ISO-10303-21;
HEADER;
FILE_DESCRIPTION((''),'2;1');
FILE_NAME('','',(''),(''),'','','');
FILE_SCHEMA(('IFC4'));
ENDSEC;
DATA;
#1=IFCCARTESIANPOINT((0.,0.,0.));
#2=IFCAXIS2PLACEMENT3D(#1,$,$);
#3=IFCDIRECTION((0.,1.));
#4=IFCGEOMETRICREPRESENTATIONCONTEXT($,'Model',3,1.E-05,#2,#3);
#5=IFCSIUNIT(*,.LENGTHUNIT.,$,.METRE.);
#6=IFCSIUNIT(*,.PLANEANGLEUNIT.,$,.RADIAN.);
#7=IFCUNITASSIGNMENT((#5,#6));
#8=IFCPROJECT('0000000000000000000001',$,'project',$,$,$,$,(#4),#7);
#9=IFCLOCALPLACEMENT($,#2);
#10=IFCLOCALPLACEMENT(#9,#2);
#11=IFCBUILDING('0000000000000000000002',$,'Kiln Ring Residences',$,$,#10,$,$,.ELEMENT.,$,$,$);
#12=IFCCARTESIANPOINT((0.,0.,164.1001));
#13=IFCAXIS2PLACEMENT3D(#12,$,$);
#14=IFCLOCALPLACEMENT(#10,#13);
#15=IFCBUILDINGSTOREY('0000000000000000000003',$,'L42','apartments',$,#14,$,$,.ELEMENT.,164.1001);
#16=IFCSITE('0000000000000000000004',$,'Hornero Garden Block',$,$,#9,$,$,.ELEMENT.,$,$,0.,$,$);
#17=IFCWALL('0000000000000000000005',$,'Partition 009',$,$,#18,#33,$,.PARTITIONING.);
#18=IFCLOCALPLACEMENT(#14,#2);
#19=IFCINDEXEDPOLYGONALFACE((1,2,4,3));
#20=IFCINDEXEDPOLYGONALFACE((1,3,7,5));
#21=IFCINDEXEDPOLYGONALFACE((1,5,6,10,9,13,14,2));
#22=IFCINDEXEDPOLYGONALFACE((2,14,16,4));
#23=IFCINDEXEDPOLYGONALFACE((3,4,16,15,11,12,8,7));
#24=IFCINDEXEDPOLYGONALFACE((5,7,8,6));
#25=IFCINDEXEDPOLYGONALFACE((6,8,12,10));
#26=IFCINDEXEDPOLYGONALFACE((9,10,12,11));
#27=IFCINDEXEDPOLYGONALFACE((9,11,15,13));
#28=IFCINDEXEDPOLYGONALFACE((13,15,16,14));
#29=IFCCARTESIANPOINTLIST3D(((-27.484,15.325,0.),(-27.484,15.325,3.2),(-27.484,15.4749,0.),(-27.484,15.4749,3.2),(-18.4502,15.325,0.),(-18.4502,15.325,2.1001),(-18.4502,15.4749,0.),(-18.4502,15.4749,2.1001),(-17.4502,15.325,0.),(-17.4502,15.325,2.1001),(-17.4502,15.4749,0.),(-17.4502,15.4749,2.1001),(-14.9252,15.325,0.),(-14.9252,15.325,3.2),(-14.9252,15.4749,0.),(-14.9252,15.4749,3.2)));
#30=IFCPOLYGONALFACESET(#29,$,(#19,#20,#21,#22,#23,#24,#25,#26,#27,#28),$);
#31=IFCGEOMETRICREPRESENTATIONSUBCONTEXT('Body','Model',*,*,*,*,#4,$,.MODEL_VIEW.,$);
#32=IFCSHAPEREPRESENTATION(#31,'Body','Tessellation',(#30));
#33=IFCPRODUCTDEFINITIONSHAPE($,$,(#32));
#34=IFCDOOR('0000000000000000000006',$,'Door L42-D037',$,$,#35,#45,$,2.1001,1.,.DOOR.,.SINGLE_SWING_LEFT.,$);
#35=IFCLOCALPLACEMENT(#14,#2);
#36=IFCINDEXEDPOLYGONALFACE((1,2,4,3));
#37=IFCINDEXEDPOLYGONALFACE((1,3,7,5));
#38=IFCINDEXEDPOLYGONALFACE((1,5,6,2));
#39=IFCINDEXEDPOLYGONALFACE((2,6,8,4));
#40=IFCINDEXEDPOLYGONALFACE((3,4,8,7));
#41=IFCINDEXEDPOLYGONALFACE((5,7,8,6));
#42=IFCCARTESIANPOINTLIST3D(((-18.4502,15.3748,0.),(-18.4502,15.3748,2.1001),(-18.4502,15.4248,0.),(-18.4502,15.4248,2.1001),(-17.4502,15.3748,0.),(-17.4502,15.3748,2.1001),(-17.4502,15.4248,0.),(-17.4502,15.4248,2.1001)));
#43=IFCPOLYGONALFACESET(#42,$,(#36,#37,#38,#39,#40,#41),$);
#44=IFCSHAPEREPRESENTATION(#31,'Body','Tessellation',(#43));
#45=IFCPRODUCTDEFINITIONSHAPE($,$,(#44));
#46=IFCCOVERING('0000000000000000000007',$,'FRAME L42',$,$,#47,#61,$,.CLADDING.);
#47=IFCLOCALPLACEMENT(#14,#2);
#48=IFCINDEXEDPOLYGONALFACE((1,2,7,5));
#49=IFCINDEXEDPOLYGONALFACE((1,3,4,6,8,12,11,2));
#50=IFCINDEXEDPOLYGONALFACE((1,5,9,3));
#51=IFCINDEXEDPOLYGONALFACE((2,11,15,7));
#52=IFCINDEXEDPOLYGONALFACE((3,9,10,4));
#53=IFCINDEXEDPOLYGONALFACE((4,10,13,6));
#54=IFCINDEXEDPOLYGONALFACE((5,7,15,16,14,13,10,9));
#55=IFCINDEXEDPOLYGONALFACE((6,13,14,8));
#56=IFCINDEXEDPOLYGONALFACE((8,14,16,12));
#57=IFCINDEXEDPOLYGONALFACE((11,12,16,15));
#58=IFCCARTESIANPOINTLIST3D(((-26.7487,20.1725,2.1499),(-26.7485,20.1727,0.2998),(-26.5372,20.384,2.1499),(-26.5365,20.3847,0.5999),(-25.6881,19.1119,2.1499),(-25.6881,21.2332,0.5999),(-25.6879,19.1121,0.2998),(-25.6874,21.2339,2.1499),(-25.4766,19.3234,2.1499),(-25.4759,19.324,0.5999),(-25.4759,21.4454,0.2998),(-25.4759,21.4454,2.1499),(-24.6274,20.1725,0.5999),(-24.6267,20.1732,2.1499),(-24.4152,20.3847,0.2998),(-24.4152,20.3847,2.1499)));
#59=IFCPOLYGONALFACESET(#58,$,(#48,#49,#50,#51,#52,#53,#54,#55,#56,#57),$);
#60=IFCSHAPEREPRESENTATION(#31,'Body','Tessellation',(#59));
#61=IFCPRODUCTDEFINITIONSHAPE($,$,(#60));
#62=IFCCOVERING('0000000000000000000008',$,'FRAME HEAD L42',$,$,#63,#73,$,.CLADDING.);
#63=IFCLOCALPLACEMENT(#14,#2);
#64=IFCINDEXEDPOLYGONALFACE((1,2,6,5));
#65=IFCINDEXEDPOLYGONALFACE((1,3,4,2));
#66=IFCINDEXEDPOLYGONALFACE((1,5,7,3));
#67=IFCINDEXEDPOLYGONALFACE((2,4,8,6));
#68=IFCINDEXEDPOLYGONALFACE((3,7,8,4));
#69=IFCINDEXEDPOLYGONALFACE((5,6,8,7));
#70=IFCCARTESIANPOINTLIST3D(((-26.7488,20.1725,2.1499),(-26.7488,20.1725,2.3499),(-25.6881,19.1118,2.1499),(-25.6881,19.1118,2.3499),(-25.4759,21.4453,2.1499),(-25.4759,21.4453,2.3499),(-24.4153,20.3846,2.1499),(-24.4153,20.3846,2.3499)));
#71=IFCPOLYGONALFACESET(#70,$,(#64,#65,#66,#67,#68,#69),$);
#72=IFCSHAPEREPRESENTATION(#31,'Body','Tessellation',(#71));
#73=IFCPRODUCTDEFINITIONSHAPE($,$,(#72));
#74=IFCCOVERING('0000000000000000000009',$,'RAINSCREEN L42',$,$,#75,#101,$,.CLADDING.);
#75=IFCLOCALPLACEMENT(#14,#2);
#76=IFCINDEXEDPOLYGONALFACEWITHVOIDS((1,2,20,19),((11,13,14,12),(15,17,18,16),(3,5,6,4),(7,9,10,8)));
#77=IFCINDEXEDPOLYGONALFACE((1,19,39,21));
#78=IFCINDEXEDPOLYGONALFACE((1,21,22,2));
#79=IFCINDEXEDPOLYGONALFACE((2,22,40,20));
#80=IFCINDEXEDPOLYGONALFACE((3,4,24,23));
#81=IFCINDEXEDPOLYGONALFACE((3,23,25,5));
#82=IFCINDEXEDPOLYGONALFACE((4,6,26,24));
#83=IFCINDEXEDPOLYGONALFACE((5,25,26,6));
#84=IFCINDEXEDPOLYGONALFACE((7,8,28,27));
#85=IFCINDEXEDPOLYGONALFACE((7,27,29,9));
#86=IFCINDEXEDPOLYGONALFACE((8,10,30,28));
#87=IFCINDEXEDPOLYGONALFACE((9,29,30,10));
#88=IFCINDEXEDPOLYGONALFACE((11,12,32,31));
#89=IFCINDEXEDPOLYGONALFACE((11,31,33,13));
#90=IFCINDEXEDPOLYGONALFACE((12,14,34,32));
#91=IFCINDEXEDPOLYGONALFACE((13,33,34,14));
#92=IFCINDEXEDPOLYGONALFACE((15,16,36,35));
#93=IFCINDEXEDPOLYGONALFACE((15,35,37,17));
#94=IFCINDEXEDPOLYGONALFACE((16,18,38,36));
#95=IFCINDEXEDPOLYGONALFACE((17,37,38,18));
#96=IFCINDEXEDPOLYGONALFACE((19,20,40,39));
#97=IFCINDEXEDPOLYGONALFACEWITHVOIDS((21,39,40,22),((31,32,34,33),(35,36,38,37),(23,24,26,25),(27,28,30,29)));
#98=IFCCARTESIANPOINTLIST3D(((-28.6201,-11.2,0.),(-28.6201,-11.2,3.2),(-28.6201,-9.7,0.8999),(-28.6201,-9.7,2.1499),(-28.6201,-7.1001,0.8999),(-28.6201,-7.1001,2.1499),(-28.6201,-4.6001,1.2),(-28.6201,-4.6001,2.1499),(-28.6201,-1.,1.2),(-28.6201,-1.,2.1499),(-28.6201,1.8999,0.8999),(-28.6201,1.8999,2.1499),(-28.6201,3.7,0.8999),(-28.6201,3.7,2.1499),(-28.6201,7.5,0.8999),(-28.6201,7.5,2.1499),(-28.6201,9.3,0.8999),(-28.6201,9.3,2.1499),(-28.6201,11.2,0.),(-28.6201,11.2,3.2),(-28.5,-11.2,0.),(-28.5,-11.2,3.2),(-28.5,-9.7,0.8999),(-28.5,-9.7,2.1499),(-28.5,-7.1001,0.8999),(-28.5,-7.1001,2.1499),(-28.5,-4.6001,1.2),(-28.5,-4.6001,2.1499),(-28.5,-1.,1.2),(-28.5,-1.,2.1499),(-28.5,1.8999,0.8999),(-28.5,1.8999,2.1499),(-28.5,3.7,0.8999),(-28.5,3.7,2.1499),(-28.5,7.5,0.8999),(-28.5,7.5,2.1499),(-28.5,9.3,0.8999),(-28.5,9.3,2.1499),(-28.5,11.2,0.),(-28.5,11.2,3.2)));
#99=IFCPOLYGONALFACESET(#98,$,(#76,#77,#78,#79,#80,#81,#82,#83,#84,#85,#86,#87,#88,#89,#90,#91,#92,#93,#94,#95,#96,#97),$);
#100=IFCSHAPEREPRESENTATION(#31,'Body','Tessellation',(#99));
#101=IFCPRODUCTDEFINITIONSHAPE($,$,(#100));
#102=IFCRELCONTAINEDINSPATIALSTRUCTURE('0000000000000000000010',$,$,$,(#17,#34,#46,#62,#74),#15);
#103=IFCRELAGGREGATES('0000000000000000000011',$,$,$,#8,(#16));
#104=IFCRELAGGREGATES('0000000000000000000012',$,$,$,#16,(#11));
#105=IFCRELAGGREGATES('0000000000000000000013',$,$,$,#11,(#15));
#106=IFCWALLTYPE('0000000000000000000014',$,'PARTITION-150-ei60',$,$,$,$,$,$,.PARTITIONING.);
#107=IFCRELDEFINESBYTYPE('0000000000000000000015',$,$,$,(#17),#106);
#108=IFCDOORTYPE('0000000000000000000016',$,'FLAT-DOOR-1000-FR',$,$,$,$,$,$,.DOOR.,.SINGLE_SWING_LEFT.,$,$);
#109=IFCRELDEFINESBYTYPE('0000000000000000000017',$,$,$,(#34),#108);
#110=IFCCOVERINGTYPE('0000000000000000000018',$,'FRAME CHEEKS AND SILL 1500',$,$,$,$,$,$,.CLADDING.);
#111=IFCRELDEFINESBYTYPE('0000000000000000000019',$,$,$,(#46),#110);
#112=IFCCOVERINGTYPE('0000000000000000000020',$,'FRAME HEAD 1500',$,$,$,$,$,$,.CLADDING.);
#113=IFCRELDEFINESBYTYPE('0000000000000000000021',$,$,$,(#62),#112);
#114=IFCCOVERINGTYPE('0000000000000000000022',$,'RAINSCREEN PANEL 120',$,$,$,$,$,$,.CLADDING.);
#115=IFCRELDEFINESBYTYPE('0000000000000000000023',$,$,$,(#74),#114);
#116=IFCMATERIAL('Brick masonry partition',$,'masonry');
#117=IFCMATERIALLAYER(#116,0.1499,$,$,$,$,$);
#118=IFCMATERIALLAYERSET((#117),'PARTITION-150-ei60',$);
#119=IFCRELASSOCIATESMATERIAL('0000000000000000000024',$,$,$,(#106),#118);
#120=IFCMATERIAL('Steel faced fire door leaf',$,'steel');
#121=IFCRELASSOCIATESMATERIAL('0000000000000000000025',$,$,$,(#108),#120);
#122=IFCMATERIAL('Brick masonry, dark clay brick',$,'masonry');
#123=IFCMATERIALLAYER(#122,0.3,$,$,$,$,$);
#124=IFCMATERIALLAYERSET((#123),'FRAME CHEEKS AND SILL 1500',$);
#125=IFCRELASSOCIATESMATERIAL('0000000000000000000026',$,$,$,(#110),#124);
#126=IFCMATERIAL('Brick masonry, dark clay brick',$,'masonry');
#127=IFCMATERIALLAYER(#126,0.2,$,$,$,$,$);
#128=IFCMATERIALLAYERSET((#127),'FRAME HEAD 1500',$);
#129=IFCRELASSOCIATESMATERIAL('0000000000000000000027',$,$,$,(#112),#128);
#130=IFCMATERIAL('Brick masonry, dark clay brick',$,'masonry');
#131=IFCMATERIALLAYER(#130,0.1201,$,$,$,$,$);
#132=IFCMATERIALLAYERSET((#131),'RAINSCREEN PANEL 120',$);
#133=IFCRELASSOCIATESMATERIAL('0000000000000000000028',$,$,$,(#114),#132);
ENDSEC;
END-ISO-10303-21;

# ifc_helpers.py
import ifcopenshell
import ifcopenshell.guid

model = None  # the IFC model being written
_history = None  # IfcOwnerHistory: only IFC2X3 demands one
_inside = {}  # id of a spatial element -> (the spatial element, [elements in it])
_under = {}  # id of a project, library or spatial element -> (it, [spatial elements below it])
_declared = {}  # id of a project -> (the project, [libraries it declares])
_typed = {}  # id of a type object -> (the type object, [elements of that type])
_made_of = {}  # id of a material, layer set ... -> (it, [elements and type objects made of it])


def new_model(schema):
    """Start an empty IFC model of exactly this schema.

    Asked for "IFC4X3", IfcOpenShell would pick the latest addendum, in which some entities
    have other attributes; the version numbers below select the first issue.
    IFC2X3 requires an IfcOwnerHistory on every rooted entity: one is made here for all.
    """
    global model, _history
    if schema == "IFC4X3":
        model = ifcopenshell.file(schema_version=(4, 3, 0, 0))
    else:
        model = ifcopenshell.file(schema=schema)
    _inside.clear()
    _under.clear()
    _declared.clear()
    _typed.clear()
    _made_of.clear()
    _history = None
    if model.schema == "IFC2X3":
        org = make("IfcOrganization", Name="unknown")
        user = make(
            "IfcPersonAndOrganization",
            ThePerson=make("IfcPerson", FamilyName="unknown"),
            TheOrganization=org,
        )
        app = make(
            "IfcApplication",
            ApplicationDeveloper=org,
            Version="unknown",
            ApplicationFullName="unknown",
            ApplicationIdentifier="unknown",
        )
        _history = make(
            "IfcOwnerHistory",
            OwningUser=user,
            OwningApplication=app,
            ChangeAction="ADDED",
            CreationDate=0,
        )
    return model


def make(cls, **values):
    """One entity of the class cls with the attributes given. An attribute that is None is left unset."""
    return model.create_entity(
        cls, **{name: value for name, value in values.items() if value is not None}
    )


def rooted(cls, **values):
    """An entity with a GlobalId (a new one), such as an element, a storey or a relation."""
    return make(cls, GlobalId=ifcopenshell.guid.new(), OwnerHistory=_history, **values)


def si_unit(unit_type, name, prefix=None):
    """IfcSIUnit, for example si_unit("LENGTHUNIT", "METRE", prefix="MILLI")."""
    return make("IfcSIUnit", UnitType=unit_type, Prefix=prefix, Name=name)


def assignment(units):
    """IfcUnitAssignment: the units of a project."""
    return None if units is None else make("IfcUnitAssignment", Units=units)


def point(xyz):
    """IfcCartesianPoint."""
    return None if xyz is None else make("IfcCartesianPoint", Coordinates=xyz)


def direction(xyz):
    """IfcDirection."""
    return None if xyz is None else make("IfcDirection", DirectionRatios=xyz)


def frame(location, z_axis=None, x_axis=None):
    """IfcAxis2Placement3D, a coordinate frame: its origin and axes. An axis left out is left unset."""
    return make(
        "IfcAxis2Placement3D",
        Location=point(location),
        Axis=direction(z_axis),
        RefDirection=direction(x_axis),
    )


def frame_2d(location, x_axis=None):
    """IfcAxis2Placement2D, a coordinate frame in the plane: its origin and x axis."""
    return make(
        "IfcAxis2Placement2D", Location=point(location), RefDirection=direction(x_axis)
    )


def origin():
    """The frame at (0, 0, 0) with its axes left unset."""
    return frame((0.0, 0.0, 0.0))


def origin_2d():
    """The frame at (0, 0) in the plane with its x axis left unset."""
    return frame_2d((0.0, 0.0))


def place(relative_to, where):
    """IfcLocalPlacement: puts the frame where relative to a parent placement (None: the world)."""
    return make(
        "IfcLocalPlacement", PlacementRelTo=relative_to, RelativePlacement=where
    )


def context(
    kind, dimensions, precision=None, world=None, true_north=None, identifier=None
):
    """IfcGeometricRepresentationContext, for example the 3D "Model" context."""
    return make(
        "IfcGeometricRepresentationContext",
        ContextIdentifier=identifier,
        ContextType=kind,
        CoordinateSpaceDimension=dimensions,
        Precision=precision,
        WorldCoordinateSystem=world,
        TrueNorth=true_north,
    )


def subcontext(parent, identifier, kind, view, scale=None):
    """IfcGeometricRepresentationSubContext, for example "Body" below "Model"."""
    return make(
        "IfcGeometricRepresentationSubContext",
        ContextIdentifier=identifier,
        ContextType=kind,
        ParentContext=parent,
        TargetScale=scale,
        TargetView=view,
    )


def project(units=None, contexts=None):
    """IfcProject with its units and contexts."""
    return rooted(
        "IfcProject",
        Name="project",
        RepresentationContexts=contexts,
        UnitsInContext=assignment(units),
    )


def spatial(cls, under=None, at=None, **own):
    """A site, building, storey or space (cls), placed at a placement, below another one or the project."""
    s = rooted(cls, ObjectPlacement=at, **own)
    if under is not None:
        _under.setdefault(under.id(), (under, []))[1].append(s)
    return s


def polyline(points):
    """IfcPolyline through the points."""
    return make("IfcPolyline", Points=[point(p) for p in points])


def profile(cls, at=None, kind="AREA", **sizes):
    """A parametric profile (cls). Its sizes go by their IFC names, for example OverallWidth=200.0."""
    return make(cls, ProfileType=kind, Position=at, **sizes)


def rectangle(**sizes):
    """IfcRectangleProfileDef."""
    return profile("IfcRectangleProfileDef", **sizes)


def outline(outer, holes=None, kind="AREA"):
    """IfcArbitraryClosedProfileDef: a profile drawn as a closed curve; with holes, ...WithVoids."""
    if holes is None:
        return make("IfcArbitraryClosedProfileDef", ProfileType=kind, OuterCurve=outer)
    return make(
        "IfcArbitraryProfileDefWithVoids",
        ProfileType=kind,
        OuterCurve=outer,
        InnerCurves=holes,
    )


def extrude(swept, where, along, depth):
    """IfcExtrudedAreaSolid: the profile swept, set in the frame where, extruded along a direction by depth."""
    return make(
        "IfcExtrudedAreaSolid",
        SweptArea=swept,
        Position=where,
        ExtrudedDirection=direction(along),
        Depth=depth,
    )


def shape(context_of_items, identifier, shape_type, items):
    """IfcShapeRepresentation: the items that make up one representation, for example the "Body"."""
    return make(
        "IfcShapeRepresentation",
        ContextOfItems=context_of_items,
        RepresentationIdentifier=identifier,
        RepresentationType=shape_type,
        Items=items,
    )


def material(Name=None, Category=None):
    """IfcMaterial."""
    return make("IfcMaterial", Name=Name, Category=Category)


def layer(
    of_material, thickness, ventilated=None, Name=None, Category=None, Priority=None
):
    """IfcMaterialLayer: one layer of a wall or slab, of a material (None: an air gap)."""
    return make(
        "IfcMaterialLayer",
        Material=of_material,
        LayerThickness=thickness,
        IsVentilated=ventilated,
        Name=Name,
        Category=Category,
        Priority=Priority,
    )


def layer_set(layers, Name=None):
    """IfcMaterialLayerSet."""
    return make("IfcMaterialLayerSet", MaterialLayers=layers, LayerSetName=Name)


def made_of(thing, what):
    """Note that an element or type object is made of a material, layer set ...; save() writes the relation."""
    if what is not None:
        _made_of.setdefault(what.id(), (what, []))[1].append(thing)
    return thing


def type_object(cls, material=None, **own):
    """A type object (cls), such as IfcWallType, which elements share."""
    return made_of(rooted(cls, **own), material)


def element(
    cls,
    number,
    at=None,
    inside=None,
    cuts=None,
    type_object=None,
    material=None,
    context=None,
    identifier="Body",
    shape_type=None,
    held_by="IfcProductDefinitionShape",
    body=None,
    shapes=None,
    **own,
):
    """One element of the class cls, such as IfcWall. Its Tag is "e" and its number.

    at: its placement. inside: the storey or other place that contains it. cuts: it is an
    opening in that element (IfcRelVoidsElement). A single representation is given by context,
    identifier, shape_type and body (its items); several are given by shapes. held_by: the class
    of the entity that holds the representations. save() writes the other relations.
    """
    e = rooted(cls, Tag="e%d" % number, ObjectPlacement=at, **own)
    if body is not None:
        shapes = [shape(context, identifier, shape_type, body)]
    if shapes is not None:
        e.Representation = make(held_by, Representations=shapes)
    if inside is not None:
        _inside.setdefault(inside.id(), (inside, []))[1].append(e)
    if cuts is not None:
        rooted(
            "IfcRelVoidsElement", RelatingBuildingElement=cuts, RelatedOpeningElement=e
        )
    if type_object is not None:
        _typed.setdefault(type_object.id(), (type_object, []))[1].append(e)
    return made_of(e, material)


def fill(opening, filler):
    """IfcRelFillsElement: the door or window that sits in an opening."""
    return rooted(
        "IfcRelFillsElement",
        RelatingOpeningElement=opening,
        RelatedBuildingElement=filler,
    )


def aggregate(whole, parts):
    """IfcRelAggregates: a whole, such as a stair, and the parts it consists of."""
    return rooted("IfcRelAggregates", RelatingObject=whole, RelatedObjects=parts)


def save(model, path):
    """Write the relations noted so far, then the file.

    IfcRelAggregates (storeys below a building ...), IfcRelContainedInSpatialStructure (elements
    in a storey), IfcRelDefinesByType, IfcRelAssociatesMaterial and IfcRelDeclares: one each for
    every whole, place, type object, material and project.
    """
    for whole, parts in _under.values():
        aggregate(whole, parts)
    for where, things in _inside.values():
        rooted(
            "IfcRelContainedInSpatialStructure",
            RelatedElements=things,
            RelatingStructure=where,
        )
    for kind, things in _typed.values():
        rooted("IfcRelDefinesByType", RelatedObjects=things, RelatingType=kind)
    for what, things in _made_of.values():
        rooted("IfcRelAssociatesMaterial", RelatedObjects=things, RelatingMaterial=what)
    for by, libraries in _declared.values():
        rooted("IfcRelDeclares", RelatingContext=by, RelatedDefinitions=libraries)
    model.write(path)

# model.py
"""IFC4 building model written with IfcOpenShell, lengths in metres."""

from ifc_helpers import new_model, si_unit, direction, frame, frame_2d, origin, origin_2d, place, context, subcontext, project, spatial, polyline, rectangle, outline, extrude, material, layer, layer_set, type_object, element, fill, save


model = new_model("IFC4")

# Units and contexts
model_context = context("Model", 3, precision=1e-05, world=origin(), true_north=direction((0.0, 1.0)))
body_context = subcontext(model_context, "Body", "Model", "MODEL_VIEW")
ifc_project = project(units=[si_unit("LENGTHUNIT", "METRE"), si_unit("PLANEANGLEUNIT", "RADIAN")], contexts=[model_context])

# Site, building, storey
site_placement = place(None, origin())
site = spatial("IfcSite", under=ifc_project, at=site_placement, Name="Hornero Garden Block", CompositionType="ELEMENT", RefElevation=0.0)
building_placement = place(site_placement, origin())
building = spatial("IfcBuilding", under=site, at=building_placement, Name="Kiln Ring Residences", CompositionType="ELEMENT")
storey_placement = place(building_placement, frame((0.0, 0.0, 164.1001)))
storey = spatial("IfcBuildingStorey", under=building, at=storey_placement, Name="L42", Description="apartments", CompositionType="ELEMENT", Elevation=164.1001)

# Wall, opening, door
ifc_material_1 = material(Name="Brick masonry partition", Category="masonry")
ifc_layer_1 = layer(ifc_material_1, 0.1499)
ifc_layer_set_1 = layer_set([ifc_layer_1], Name="PARTITION-150-ei60")
wall_type_1 = type_object("IfcWallType", Name="PARTITION-150-ei60", PredefinedType="PARTITIONING", material=ifc_layer_set_1)
wall_1_placement = place(storey_placement, frame((-27.4839, 15.3999, 0.0), z_axis=(0.0, 0.0, 1.0), x_axis=(1.0, 0.0, 0.0)))
wall_1 = element("IfcWall", 1, at=wall_1_placement, inside=storey, type_object=wall_type_1, Name="Partition 009", PredefinedType="PARTITIONING", context=body_context, shape_type="SweptSolid", body=[
    extrude(rectangle(XDim=12.5588, YDim=0.1499, at=frame_2d((6.2793, 0.0))), origin(), (0.0, 0.0, 1.0), 3.2),
])
opening_1_placement = place(wall_1_placement, frame((9.0337, 0.0, 0.0)))
opening_1 = element("IfcOpeningElement", 2, at=opening_1_placement, cuts=wall_1, PredefinedType="OPENING", context=body_context, shape_type="SweptSolid", body=[
    extrude(rectangle(XDim=1.0, YDim=2.1001, at=frame_2d((0.5, 1.05))), frame((0.0, 0.085, 0.0), z_axis=(0.0, -1.0, 0.0), x_axis=(1.0, 0.0, 0.0)), (0.0, 0.0, 1.0), 0.1699),
])
ifc_material_2 = material(Name="Steel faced fire door leaf", Category="steel")
door_type_1 = type_object("IfcDoorType", Name="FLAT-DOOR-1000-FR", OperationType="SINGLE_SWING_LEFT", PredefinedType="DOOR", material=ifc_material_2)
door_1_placement = place(opening_1_placement, origin())
door_1 = element("IfcDoor", 3, at=door_1_placement, inside=storey, type_object=door_type_1, Name="Door L42-D037", OperationType="SINGLE_SWING_LEFT", OverallHeight=2.1001, OverallWidth=1.0, PredefinedType="DOOR", context=body_context, shape_type="SweptSolid", body=[
    extrude(rectangle(XDim=1.0, YDim=2.1001, at=frame_2d((0.5, 1.05))), frame((0.0, 0.0249, 0.0), z_axis=(0.0, -1.0, 0.0), x_axis=(1.0, 0.0, 0.0)), (0.0, 0.0, 1.0), 0.05),
])
fill(opening_1, door_1)

# Coverings
ifc_material_3 = material(Name="Brick masonry, dark clay brick", Category="masonry")
ifc_layer_2 = layer(ifc_material_3, 0.3)
ifc_layer_set_2 = layer_set([ifc_layer_2], Name="FRAME CHEEKS AND SILL 1500")
covering_type_1 = type_object("IfcCoveringType", Name="FRAME CHEEKS AND SILL 1500", PredefinedType="CLADDING", material=ifc_layer_set_2)
covering_1_placement = place(storey_placement, frame((-24.9456, 20.915, 0.2998), z_axis=(0.0, 0.0, 1.0), x_axis=(-0.707107, -0.707107, 0.0)))
element("IfcCovering", 4, at=covering_1_placement, inside=storey, type_object=covering_type_1, Name="FRAME L42", PredefinedType="CLADDING", context=body_context, shape_type="SweptSolid", body=[
    extrude(outline(polyline([(0.0, 0.0), (1.7998, 0.0), (1.8, 1.8501), (1.501, 1.8501), (1.5, 0.3), (0.3, 0.3), (0.2991, 1.8501), (0.0, 1.8501), (0.0, 0.0)])), frame((0.0, 0.75, 0.0), z_axis=(0.0, -1.0, 0.0), x_axis=(1.0, 0.0, 0.0)), (0.0, 0.0, 1.0), 1.5),
])
ifc_material_4 = material(Name="Brick masonry, dark clay brick", Category="masonry")
ifc_layer_3 = layer(ifc_material_4, 0.2)
ifc_layer_set_3 = layer_set([ifc_layer_3], Name="FRAME HEAD 1500")
covering_type_2 = type_object("IfcCoveringType", Name="FRAME HEAD 1500", PredefinedType="CLADDING", material=ifc_layer_set_3)
covering_2_placement = place(storey_placement, frame((-25.582, 20.2786, 2.1499), z_axis=(0.0, 0.0, 1.0), x_axis=(-0.707107, -0.707107, 0.0)))
element("IfcCovering", 5, at=covering_2_placement, inside=storey, type_object=covering_type_2, Name="FRAME HEAD L42", PredefinedType="CLADDING", context=body_context, shape_type="SweptSolid", body=[
    extrude(rectangle(XDim=1.8, YDim=1.5, at=origin_2d()), origin(), (0.0, 0.0, 1.0), 0.2),
])
ifc_material_5 = material(Name="Brick masonry, dark clay brick", Category="masonry")
ifc_layer_4 = layer(ifc_material_5, 0.1201)
ifc_layer_set_4 = layer_set([ifc_layer_4], Name="RAINSCREEN PANEL 120")
covering_type_3 = type_object("IfcCoveringType", Name="RAINSCREEN PANEL 120", PredefinedType="CLADDING", material=ifc_layer_set_4)
covering_3_placement = place(storey_placement, frame((-28.5601, 11.2, 0.0), z_axis=(0.0, 0.0, 1.0), x_axis=(0.0, -1.0, 0.0)))
element("IfcCovering", 6, at=covering_3_placement, inside=storey, type_object=covering_type_3, Name="RAINSCREEN L42", PredefinedType="CLADDING", context=body_context, shape_type="SweptSolid", body=[
    extrude(outline(polyline([(0.0, 0.0), (22.3999, 0.0), (22.3999, 3.2), (0.0, 3.2), (0.0, 0.0)]), holes=[polyline([(3.7, 0.8999), (3.7, 2.1499), (1.8999, 2.1499), (1.8999, 0.8999), (3.7, 0.8999)]), polyline([(9.3, 0.8999), (9.3, 2.1499), (7.5, 2.1499), (7.5, 0.8999), (9.3, 0.8999)]), polyline([(20.8999, 0.8999), (20.8999, 2.1499), (18.3, 2.1499), (18.3, 0.8999), (20.8999, 0.8999)]), polyline([(15.8, 1.2), (15.8, 2.1499), (12.2, 2.1499), (12.2, 1.2), (15.8, 1.2)])]), frame((0.0, 0.0601, 0.0), z_axis=(0.0, -1.0, 0.0), x_axis=(1.0, 0.0, 0.0)), (0.0, 0.0, 1.0), 0.1201),
])

save(model, "model.ifc")
